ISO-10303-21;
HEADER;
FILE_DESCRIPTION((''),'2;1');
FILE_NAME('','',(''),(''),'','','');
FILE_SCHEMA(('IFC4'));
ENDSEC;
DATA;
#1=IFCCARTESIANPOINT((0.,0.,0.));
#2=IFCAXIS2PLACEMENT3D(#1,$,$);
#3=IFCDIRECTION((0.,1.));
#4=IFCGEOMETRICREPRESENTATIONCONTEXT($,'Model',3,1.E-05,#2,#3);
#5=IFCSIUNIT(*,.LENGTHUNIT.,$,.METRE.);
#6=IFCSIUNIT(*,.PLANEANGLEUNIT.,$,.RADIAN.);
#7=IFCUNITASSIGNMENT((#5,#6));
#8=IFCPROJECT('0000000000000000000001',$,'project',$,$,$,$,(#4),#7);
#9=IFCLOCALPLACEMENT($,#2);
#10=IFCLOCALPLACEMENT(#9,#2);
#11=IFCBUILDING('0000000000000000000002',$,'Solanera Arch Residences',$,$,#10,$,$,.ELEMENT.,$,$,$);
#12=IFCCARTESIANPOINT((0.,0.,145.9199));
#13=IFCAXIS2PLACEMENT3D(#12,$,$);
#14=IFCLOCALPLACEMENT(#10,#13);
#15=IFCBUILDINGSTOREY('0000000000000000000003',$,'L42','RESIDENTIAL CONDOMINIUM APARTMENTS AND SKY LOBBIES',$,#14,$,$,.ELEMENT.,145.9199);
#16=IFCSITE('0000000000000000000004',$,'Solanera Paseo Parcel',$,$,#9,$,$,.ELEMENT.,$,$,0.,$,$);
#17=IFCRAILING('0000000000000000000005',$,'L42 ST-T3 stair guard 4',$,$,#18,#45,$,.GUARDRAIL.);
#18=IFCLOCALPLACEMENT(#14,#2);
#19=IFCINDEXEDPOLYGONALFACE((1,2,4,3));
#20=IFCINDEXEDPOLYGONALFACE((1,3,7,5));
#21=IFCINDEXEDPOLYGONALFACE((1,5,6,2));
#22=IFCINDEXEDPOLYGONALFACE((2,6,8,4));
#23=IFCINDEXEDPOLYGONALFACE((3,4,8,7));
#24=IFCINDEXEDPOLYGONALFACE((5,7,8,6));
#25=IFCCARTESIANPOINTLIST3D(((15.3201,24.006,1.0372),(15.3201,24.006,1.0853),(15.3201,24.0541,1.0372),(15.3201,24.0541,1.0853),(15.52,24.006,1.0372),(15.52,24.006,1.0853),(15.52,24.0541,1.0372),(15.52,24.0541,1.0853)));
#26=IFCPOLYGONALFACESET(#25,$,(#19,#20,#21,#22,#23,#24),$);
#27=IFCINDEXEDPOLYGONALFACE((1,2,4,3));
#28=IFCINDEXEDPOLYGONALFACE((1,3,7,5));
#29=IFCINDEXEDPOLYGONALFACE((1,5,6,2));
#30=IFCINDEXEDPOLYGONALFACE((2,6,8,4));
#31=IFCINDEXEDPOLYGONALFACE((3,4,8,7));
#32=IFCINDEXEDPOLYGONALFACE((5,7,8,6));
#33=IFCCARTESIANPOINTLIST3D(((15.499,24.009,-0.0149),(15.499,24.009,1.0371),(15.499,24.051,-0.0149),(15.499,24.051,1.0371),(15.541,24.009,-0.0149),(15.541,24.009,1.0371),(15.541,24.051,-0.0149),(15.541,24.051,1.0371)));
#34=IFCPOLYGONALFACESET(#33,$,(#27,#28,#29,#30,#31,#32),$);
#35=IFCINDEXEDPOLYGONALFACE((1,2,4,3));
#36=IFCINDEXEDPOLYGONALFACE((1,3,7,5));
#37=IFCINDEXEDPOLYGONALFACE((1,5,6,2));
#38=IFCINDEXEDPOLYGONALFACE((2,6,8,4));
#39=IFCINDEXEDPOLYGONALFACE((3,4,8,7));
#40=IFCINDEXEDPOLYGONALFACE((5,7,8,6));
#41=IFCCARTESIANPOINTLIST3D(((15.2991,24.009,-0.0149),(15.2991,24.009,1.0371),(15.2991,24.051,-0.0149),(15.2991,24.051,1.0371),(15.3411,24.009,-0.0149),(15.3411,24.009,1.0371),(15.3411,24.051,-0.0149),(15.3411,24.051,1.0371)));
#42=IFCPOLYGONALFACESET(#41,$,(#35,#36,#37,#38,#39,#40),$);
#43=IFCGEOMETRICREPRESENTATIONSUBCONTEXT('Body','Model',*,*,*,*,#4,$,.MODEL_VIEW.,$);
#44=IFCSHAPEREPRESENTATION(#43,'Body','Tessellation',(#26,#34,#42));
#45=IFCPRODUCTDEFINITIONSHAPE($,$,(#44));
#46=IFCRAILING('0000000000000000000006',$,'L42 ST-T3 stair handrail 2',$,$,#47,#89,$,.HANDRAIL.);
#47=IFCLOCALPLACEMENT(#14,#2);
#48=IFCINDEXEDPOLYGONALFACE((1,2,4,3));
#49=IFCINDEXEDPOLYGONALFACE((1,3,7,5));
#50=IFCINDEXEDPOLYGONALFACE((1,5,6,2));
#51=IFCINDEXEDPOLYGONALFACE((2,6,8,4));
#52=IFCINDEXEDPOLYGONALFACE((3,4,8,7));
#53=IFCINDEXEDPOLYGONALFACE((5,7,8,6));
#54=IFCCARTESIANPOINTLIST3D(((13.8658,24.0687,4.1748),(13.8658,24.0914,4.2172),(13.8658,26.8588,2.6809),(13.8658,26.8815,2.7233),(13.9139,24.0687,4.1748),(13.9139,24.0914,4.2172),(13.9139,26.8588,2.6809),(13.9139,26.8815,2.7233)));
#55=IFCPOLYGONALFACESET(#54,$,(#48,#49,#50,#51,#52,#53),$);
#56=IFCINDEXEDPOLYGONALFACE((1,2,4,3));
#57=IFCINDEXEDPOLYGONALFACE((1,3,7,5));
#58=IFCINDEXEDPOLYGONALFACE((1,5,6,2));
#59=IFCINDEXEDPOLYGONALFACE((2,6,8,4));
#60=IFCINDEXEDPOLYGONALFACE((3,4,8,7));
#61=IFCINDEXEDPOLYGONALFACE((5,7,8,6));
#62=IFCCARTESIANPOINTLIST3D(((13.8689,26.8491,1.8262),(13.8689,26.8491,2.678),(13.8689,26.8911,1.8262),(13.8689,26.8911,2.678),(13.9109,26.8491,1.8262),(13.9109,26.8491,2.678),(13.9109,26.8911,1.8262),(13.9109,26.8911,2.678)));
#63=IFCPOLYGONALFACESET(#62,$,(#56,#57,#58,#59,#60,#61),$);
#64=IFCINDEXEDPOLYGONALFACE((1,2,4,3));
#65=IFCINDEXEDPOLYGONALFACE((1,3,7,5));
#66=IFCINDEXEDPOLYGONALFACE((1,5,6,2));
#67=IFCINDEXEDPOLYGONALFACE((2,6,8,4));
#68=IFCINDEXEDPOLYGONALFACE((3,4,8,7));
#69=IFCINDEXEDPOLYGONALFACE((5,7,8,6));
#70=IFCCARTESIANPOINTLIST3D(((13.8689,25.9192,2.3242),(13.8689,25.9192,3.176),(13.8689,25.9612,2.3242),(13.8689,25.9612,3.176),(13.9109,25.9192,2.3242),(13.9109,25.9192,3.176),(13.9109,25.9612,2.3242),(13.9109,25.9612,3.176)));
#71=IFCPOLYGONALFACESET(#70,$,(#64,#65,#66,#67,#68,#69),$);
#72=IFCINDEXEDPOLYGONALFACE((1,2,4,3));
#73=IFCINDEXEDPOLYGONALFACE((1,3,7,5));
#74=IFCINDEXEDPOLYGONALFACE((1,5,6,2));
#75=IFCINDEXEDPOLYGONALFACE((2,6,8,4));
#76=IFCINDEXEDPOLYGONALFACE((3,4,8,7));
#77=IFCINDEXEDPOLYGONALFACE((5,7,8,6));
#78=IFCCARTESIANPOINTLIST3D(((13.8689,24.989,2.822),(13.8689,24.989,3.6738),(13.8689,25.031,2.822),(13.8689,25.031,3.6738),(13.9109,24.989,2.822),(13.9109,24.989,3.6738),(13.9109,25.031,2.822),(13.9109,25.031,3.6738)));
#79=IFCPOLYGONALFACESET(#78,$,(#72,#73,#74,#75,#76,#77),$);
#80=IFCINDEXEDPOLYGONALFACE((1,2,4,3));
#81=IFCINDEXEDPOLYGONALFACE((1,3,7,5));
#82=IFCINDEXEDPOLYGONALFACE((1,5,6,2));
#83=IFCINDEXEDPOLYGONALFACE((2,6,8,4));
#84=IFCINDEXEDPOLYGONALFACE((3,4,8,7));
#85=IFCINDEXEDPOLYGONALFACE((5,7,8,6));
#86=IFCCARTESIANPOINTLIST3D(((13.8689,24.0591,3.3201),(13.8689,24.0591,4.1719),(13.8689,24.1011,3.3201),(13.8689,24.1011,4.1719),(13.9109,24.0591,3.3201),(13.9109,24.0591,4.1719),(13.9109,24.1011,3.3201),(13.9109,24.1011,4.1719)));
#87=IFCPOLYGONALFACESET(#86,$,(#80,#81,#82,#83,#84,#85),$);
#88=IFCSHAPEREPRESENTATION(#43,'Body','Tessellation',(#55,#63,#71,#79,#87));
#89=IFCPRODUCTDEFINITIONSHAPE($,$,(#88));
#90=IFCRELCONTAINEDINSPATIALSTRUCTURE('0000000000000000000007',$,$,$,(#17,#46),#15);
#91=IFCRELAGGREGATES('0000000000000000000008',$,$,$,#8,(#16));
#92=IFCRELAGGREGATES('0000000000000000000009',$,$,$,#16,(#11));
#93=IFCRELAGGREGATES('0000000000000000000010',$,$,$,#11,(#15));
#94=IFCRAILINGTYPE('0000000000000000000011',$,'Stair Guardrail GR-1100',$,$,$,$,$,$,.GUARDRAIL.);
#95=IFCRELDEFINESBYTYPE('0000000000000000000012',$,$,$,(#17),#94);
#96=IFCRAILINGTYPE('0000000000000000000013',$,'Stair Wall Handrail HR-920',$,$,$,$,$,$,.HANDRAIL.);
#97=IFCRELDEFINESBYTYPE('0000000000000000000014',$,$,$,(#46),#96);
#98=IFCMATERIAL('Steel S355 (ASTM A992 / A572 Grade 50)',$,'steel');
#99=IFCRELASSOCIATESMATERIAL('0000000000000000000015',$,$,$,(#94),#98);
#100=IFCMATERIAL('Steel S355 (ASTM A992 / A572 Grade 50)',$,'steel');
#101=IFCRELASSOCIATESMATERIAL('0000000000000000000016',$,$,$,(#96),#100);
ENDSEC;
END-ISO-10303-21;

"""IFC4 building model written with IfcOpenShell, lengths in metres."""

from ifc_helpers import new_model, si_unit, direction, frame, origin, origin_2d, place, context, subcontext, project, spatial, rectangle, extrude, material, type_object, element, save


model = new_model("IFC4")

# Units and contexts
model_context = context("Model", 3, precision=1e-05, world=origin(), true_north=direction((0.0, 1.0)))
body_context = subcontext(model_context, "Body", "Model", "MODEL_VIEW")
ifc_project = project(units=[si_unit("LENGTHUNIT", "METRE"), si_unit("PLANEANGLEUNIT", "RADIAN")], contexts=[model_context])

# Site, building, storey
site_placement = place(None, origin())
site = spatial("IfcSite", under=ifc_project, at=site_placement, Name="Solanera Paseo Parcel", CompositionType="ELEMENT", RefElevation=0.0)
building_placement = place(site_placement, origin())
building = spatial("IfcBuilding", under=site, at=building_placement, Name="Solanera Arch Residences", CompositionType="ELEMENT")
storey_placement = place(building_placement, frame((0.0, 0.0, 145.9199)))
storey = spatial("IfcBuildingStorey", under=building, at=storey_placement, Name="L42", Description="RESIDENTIAL CONDOMINIUM APARTMENTS AND SKY LOBBIES", CompositionType="ELEMENT", Elevation=145.9199)

# Railings
ifc_material_1 = material(Name="Steel S355 (ASTM A992 / A572 Grade 50)", Category="steel")
railing_type_1 = type_object("IfcRailingType", Name="Stair Guardrail GR-1100", PredefinedType="GUARDRAIL", material=ifc_material_1)
railing_1_placement = place(storey_placement, frame((15.52, 24.03, -0.0149)))
element("IfcRailing", 1, at=railing_1_placement, inside=storey, type_object=railing_type_1, Name="L42 ST-T3 stair guard 4", PredefinedType="GUARDRAIL", context=body_context, shape_type="SweptSolid", body=[
    extrude(rectangle(XDim=0.0481, YDim=0.0481, at=origin_2d()), frame((0.0, 0.0, 1.0762), z_axis=(-1.0, 0.0, 0.0), x_axis=(0.0, -1.0, 0.0)), (0.0, 0.0, 1.0), 0.2),
    extrude(rectangle(XDim=0.042, YDim=0.042, at=origin_2d()), origin(), (0.0, 0.0, 1.0), 1.052),
    extrude(rectangle(XDim=0.042, YDim=0.042, at=origin_2d()), frame((-0.2, 0.0, 0.0)), (0.0, 0.0, 1.0), 1.052),
])
ifc_material_2 = material(Name="Steel S355 (ASTM A992 / A572 Grade 50)", Category="steel")
railing_type_2 = type_object("IfcRailingType", Name="Stair Wall Handrail HR-920", PredefinedType="HANDRAIL", material=ifc_material_2)
railing_2_placement = place(storey_placement, frame((13.8899, 26.8701, 1.8262)))
element("IfcRailing", 2, at=railing_2_placement, inside=storey, type_object=railing_type_2, Name="L42 ST-T3 stair handrail 2", PredefinedType="HANDRAIL", context=body_context, shape_type="SweptSolid", body=[
    extrude(rectangle(XDim=0.0481, YDim=0.0481, at=origin_2d()), frame((0.0, 0.0, 0.876), z_axis=(0.0, -0.881581, 0.472033), x_axis=(1.0, 0.0, 0.0)), (0.0, 0.0, 1.0), 3.1648),
    extrude(rectangle(XDim=0.042, YDim=0.042, at=origin_2d()), origin(), (0.0, 0.0, 1.0), 0.8518),
    extrude(rectangle(XDim=0.042, YDim=0.042, at=origin_2d()), frame((0.0, -0.9299, 0.498)), (0.0, 0.0, 1.0), 0.8518),
    extrude(rectangle(XDim=0.042, YDim=0.042, at=origin_2d()), frame((0.0, -1.8601, 0.9958)), (0.0, 0.0, 1.0), 0.8518),
    extrude(rectangle(XDim=0.042, YDim=0.042, at=origin_2d()), frame((0.0, -2.79, 1.4939)), (0.0, 0.0, 1.0), 0.8518),
])

save(model, "model.ifc")
